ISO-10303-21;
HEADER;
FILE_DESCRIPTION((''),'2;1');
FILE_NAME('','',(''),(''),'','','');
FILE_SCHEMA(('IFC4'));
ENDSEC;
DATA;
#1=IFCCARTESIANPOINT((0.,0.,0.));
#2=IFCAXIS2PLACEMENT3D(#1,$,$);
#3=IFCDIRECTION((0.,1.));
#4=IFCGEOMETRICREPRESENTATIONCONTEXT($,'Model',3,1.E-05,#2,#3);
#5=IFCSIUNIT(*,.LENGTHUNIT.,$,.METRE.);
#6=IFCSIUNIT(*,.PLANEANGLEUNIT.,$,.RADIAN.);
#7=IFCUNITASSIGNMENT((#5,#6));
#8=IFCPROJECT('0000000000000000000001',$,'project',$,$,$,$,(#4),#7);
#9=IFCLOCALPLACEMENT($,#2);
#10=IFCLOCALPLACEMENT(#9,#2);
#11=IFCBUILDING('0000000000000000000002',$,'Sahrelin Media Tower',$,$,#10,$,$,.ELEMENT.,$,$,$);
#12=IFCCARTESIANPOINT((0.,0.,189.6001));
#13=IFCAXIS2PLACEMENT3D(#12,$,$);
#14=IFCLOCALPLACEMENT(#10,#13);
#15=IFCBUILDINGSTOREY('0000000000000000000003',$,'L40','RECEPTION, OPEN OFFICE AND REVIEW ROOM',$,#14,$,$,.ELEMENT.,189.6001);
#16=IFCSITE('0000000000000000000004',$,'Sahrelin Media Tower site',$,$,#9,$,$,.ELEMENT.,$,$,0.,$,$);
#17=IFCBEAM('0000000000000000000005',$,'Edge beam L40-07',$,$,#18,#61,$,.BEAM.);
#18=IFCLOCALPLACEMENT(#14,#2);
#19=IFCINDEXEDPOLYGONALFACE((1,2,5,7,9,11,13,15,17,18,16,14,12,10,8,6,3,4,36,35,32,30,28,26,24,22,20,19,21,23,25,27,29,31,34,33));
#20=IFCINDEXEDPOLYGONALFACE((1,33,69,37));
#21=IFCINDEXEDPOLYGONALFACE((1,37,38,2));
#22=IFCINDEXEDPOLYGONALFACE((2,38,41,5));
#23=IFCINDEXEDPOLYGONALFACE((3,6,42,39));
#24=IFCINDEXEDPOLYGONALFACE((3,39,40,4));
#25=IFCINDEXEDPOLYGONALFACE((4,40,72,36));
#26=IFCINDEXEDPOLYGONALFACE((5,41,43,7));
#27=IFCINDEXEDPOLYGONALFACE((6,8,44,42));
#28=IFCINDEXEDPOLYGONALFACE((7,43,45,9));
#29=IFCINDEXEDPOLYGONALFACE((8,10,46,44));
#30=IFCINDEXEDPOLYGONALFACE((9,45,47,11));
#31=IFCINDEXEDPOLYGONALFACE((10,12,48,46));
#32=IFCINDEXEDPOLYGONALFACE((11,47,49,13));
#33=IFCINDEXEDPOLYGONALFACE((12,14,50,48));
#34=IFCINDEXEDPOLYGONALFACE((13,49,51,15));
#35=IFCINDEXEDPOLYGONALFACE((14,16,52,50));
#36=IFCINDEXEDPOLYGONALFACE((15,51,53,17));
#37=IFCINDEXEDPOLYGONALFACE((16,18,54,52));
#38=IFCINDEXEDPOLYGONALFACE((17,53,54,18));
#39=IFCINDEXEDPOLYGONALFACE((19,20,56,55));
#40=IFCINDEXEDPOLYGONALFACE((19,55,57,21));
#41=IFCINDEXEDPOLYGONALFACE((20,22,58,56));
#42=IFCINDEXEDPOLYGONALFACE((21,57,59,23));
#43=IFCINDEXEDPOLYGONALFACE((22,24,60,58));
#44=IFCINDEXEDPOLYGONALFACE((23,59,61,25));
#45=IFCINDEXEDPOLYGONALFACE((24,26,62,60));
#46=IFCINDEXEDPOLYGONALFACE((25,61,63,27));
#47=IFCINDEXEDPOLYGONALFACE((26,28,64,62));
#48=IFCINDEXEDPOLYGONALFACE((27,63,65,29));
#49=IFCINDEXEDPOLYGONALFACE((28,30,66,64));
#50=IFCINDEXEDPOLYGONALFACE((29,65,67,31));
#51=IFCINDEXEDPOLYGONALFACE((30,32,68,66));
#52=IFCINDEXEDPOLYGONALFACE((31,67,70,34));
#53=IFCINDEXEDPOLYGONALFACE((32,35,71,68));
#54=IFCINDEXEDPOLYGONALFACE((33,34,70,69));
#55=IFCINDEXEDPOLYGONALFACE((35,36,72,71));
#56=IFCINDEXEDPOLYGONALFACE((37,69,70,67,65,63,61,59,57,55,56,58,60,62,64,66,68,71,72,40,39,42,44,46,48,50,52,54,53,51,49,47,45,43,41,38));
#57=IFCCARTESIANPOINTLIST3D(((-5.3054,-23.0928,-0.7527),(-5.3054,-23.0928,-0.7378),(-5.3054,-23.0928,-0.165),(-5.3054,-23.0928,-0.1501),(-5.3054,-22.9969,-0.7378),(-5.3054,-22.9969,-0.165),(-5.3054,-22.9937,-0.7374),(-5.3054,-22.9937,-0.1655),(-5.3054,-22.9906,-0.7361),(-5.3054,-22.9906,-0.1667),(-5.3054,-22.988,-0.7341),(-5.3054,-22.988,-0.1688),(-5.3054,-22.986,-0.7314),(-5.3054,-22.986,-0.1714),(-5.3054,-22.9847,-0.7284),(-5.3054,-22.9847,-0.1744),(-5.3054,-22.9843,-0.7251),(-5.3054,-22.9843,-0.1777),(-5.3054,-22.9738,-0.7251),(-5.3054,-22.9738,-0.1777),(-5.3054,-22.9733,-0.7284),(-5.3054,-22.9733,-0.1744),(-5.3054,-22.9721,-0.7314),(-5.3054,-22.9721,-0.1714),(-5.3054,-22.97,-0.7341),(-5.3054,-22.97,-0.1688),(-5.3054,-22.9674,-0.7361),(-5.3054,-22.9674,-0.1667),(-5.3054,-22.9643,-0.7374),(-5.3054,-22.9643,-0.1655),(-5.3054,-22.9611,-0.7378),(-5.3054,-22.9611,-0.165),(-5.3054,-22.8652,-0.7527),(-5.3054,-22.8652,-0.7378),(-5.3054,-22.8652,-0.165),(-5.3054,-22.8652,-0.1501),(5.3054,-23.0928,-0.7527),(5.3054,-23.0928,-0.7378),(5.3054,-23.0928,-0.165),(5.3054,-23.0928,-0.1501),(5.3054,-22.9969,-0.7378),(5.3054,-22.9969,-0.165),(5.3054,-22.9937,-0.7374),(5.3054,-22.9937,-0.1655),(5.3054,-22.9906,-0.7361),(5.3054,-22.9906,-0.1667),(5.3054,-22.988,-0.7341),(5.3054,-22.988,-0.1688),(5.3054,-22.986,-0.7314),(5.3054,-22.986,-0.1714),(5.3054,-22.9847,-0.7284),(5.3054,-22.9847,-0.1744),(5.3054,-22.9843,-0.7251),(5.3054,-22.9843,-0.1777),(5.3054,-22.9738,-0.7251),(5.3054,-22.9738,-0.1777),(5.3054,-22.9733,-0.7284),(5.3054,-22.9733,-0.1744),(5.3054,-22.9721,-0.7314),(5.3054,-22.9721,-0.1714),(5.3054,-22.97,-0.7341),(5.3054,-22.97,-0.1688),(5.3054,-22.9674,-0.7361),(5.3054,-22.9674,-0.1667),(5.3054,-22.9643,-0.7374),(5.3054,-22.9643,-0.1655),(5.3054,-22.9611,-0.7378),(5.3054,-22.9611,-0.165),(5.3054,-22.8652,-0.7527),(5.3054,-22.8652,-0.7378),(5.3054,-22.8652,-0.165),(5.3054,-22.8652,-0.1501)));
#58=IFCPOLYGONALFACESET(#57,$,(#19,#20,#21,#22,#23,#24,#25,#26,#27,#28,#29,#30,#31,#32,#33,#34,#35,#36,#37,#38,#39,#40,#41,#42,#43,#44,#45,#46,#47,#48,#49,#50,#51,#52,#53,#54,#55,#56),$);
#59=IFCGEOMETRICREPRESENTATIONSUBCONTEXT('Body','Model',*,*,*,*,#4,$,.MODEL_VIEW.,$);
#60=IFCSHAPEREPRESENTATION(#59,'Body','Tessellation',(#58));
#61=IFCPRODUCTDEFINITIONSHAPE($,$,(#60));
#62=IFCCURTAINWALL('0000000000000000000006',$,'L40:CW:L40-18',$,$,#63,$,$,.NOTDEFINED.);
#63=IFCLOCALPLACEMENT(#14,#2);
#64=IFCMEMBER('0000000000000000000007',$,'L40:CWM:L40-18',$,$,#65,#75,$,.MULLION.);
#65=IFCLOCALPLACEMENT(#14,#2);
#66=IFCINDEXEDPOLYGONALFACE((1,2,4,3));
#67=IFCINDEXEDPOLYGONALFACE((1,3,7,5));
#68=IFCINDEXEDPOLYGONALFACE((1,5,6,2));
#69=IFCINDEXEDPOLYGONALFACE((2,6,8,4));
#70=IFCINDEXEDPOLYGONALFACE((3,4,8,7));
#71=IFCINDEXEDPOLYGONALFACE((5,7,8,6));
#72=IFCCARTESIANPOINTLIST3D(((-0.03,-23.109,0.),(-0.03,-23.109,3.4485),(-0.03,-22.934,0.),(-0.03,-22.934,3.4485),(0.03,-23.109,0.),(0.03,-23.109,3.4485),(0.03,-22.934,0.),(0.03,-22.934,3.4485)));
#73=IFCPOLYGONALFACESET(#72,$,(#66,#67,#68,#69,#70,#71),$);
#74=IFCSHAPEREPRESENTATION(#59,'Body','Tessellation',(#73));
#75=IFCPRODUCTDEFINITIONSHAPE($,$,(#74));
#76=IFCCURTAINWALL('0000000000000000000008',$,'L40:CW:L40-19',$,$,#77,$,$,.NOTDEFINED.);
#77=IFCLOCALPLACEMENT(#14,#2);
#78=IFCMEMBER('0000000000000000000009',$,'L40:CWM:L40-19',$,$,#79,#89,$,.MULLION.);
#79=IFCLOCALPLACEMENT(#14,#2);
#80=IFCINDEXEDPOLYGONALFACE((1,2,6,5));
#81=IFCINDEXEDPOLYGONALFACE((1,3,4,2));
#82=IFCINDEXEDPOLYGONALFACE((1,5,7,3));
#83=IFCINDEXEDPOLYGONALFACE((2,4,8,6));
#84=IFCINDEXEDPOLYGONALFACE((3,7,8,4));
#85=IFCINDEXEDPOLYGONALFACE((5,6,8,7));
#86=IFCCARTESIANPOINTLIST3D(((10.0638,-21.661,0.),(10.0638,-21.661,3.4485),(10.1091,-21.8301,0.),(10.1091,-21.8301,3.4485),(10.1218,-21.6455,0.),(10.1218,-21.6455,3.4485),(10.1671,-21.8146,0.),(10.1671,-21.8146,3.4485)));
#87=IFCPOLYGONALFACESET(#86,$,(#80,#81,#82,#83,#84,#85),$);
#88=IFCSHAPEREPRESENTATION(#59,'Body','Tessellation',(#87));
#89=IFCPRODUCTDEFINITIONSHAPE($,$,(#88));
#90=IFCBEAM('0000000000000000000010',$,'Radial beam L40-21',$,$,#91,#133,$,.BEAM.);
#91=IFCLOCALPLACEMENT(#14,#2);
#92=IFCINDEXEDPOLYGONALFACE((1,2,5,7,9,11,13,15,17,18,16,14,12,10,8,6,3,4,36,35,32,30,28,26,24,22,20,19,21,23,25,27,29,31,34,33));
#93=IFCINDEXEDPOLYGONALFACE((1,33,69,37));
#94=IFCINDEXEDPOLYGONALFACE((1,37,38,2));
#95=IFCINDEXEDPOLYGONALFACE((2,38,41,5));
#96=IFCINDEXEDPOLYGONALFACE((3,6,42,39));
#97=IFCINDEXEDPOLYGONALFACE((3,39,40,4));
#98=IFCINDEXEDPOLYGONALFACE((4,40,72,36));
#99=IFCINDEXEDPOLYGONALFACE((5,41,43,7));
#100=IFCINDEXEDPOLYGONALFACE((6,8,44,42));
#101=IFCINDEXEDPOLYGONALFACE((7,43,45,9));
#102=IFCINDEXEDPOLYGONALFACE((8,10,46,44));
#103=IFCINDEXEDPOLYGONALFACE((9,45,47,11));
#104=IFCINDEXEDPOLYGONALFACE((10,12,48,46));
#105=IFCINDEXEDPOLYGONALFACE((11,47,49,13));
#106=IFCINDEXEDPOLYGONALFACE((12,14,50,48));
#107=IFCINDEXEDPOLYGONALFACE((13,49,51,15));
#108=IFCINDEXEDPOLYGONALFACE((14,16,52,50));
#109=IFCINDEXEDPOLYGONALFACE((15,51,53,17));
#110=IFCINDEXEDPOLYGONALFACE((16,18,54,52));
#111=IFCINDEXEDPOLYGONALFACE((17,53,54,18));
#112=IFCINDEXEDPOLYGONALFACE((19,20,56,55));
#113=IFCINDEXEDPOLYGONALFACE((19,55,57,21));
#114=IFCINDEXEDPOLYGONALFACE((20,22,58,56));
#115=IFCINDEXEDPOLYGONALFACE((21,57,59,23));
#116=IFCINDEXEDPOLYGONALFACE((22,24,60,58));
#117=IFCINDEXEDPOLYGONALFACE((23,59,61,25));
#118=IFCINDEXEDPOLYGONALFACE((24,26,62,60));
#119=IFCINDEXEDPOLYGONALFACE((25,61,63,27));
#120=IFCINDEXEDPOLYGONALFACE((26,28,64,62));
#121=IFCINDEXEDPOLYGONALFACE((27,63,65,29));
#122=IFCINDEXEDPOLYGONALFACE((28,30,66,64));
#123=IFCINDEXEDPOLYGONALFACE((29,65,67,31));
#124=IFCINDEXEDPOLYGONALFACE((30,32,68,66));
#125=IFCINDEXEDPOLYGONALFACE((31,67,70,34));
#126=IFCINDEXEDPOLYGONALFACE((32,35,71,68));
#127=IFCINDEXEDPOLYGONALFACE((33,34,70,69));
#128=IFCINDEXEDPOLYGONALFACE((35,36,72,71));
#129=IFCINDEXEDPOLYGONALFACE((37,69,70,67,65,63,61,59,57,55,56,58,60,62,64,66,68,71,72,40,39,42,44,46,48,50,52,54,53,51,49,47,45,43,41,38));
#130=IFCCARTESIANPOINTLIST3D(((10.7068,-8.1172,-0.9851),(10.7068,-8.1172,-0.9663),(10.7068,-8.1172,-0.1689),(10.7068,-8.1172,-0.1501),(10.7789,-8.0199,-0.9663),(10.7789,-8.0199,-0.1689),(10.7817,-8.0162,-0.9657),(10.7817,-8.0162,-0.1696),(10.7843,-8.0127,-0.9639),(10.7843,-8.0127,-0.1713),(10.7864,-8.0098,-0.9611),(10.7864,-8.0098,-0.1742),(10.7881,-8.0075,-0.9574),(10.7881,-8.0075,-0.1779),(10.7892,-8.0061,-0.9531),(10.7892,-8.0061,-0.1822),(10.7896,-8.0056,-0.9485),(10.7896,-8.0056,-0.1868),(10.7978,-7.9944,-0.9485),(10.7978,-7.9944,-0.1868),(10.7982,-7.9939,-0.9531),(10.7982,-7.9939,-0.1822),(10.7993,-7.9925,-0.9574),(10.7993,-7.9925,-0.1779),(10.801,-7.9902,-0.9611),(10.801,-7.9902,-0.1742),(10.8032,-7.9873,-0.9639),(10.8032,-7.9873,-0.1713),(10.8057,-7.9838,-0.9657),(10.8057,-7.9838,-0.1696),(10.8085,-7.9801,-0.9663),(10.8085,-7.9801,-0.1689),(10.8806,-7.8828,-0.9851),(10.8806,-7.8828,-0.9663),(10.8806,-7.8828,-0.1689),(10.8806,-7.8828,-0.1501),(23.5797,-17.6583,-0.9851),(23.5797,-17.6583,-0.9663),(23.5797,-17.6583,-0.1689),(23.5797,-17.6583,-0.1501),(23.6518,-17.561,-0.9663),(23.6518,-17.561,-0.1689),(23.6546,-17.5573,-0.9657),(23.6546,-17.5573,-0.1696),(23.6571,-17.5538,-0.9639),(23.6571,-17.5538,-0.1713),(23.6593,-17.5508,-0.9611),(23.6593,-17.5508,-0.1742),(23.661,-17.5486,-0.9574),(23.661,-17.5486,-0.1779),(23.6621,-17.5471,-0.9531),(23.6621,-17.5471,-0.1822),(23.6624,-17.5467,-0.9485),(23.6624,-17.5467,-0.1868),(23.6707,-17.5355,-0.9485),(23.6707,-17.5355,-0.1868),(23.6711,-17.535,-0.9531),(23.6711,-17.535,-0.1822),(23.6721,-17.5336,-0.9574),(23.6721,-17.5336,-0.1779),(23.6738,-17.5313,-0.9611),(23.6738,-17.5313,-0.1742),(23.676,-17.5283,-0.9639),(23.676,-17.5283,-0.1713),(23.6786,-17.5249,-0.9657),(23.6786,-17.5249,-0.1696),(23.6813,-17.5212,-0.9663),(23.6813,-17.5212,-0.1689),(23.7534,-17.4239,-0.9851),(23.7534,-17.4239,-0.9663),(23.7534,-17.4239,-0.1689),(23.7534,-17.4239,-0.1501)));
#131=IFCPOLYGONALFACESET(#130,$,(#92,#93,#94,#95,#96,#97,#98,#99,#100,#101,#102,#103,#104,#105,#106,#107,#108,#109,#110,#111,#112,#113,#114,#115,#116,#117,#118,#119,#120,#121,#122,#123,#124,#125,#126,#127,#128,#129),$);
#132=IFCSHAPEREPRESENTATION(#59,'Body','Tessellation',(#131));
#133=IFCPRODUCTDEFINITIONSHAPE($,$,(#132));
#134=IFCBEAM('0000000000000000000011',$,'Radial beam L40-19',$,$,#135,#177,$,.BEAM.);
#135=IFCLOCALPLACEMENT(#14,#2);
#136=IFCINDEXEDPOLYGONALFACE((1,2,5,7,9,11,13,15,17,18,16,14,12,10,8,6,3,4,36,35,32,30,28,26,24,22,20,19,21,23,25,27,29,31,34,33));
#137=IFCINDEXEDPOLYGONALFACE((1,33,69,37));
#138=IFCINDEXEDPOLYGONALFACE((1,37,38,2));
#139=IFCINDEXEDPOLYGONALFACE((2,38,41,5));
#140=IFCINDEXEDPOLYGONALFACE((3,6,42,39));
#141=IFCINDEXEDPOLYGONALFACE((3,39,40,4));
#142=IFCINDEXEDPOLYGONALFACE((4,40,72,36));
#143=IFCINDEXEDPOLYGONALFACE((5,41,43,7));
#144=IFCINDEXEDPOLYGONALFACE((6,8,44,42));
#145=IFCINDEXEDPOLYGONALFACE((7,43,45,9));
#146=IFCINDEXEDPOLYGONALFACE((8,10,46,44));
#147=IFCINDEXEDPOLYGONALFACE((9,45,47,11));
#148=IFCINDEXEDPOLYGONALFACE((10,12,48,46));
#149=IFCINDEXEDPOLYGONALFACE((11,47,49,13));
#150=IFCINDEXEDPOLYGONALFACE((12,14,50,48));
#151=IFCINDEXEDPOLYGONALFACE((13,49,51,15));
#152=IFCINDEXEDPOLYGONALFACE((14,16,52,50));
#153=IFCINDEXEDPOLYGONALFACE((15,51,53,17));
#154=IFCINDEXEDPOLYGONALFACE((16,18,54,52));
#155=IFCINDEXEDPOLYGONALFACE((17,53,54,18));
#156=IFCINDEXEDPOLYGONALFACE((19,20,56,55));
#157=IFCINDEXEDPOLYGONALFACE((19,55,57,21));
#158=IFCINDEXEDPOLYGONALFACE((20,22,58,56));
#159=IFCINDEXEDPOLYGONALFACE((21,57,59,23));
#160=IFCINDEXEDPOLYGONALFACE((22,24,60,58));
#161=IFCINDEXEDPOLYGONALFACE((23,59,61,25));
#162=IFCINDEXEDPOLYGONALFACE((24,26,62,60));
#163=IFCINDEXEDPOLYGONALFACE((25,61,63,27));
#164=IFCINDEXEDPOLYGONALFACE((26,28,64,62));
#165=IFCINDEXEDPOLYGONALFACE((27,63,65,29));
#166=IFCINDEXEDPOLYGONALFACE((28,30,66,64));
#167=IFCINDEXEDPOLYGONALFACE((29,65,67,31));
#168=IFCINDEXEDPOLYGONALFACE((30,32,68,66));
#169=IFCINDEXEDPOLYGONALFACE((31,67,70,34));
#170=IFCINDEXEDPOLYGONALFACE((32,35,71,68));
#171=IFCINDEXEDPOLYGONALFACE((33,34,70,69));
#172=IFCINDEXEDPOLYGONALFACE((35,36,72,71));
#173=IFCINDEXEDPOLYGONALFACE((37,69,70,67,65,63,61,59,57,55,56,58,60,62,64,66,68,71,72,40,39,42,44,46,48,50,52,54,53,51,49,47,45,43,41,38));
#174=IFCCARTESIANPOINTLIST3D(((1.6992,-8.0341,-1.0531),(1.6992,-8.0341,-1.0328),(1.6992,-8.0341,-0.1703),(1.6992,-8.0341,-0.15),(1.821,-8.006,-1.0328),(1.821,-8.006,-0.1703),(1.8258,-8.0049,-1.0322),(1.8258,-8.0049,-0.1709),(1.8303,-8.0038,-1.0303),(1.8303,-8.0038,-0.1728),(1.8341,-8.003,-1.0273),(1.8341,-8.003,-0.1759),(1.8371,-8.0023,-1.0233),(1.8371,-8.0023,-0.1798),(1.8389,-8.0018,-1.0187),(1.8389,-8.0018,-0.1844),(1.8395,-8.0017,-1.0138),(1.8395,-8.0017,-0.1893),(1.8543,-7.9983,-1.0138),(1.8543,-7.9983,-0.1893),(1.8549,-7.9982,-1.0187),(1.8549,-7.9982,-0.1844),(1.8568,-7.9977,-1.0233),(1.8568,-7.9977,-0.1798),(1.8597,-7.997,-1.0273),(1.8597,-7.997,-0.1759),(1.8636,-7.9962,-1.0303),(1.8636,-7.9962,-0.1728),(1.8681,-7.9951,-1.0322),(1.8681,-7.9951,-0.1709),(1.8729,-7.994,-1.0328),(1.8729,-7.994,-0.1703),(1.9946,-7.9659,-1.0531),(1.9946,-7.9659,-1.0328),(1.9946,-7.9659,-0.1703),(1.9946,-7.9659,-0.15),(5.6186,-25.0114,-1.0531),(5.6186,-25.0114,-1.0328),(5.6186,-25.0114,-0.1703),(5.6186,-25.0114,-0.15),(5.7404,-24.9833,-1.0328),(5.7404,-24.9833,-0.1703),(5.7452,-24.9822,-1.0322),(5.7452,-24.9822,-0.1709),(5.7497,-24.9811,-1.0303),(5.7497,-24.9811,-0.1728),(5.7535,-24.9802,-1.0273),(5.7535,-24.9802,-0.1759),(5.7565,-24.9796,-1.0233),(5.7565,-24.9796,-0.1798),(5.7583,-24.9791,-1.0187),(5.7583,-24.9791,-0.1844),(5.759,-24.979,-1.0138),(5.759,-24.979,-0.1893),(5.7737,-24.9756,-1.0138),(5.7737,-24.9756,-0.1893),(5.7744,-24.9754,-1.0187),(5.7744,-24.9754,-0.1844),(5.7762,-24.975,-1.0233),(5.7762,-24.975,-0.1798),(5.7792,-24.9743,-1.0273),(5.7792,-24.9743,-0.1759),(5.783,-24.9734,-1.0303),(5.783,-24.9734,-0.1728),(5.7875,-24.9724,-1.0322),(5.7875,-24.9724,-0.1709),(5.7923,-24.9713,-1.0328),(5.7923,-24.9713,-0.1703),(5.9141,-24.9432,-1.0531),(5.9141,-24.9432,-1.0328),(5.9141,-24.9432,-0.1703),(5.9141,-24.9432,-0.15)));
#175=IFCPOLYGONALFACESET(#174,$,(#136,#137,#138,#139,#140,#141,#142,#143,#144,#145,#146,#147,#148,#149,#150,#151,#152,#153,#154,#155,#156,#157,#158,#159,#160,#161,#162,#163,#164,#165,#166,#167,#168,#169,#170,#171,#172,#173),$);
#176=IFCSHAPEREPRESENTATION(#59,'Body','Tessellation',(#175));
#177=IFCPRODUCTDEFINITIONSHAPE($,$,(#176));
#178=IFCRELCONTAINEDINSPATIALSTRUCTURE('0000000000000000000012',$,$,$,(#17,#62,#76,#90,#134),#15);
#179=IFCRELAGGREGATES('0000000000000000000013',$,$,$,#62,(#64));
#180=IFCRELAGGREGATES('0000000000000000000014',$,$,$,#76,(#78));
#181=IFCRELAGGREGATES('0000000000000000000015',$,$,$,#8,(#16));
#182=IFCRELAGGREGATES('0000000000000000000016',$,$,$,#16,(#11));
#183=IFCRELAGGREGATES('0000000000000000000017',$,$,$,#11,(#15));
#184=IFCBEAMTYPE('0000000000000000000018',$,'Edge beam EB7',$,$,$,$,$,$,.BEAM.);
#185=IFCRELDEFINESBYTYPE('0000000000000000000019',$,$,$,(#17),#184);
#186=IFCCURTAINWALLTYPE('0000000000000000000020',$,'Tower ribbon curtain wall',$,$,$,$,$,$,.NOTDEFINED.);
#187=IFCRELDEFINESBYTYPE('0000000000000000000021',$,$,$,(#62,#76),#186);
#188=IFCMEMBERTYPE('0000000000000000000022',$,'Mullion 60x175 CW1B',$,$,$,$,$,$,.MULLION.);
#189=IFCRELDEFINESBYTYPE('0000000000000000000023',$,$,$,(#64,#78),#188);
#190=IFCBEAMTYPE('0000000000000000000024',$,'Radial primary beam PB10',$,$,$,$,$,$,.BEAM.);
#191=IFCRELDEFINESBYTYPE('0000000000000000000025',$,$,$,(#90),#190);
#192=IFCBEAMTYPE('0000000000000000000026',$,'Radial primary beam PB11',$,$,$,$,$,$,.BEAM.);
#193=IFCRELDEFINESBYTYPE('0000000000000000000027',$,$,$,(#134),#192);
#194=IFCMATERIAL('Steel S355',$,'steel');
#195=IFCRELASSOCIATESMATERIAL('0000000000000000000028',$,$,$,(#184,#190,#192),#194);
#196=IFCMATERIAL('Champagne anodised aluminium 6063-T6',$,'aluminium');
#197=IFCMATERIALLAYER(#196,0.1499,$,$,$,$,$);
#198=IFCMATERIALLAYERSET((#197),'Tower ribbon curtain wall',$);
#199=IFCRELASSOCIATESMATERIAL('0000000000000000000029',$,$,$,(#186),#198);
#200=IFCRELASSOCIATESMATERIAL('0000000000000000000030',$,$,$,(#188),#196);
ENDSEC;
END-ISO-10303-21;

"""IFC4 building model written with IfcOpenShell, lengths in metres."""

from ifc_helpers import new_model, si_unit, direction, frame, origin, origin_2d, place, context, subcontext, project, spatial, rectangle, i_section, extrude, material, layer, layer_set, material_profile, profile_set, type_object, element, aggregate, save


model = new_model("IFC4")

# Units and contexts
model_context = context("Model", 3, precision=1e-05, world=origin(), true_north=direction((0.0, 1.0)))
body_context = subcontext(model_context, "Body", "Model", "MODEL_VIEW")
ifc_project = project(units=[si_unit("LENGTHUNIT", "METRE"), si_unit("PLANEANGLEUNIT", "RADIAN")], contexts=[model_context])

# Site, building, storey
site_placement = place(None, origin())
site = spatial("IfcSite", under=ifc_project, at=site_placement, Name="Sahrelin Media Tower site", CompositionType="ELEMENT", RefElevation=0.0)
building_placement = place(site_placement, origin())
building = spatial("IfcBuilding", under=site, at=building_placement, Name="Sahrelin Media Tower", CompositionType="ELEMENT")
storey_placement = place(building_placement, frame((0.0, 0.0, 189.6001)))
storey = spatial("IfcBuildingStorey", under=building, at=storey_placement, Name="L40", Description="RECEPTION, OPEN OFFICE AND REVIEW ROOM", CompositionType="ELEMENT", Elevation=189.6001)

# Beam
ifc_material_1 = material(Name="Steel S355", Category="steel")
ifc_material_profile_1 = material_profile(ifc_material_1, i_section(OverallWidth=0.2275, OverallDepth=0.6025, WebThickness=0.0105, FlangeThickness=0.0149, FilletRadius=0.0127, at=origin_2d()), Name="UB 610x229x101")
ifc_profile_set_1 = profile_set([ifc_material_profile_1], Name="Steel S355")
beam_type_1 = type_object("IfcBeamType", Name="Edge beam EB7", PredefinedType="BEAM", material=ifc_profile_set_1)
beam_1_placement = place(storey_placement, frame((5.3054, -22.979, -0.4514), z_axis=(-1.0, 0.0, 0.0), x_axis=(0.0, -1.0, 0.0)))
element("IfcBeam", 1, at=beam_1_placement, inside=storey, type_object=beam_type_1, Name="Edge beam L40-07", PredefinedType="BEAM", context=body_context, shape_type="SweptSolid", body=[
    extrude(i_section(OverallWidth=0.2275, OverallDepth=0.6025, WebThickness=0.0105, FlangeThickness=0.0149, FilletRadius=0.0127, at=origin_2d()), origin(), (0.0, 0.0, 1.0), 10.6108),
])

# Curtain walls, members
ifc_material_2 = material(Name="Champagne anodised aluminium 6063-T6", Category="aluminium")
ifc_layer_1 = layer(ifc_material_2, 0.1499)
ifc_layer_set_1 = layer_set([ifc_layer_1], Name="Tower ribbon curtain wall")
curtain_wall_type = type_object("IfcCurtainWallType", Name="Tower ribbon curtain wall", PredefinedType="NOTDEFINED", material=ifc_layer_set_1)
curtain_wall_1_placement = place(storey_placement, frame((0.0, -23.1289, 0.0), z_axis=(0.0, 0.0, 1.0), x_axis=(1.0, 0.0, 0.0)))
curtain_wall_1 = element("IfcCurtainWall", 2, at=curtain_wall_1_placement, inside=storey, type_object=curtain_wall_type, Name="L40:CW:L40-18", PredefinedType="NOTDEFINED")
ifc_material_profile_2 = material_profile(ifc_material_2, rectangle(XDim=0.0601, YDim=0.175, at=origin_2d()), Name="Mullion 60x175")
ifc_profile_set_2 = profile_set([ifc_material_profile_2], Name="Champagne anodised aluminium 6063-T6")
member_type_1 = type_object("IfcMemberType", Name="Mullion 60x175 CW1B", PredefinedType="MULLION", material=ifc_profile_set_2)
member_1_placement = place(storey_placement, frame((0.0, -23.0215, 0.0), z_axis=(0.0, 0.0, 1.0), x_axis=(1.0, 0.0, 0.0)))
member_1 = element("IfcMember", 3, at=member_1_placement, type_object=member_type_1, Name="L40:CWM:L40-18", PredefinedType="MULLION", context=body_context, shape_type="SweptSolid", body=[
    extrude(rectangle(XDim=0.0601, YDim=0.175, at=origin_2d()), origin(), (0.0, 0.0, 1.0), 3.4485),
])
aggregate(curtain_wall_1, [member_1])
curtain_wall_2_placement = place(storey_placement, frame((10.1433, -21.8418, 0.0), z_axis=(0.0, 0.0, 1.0), x_axis=(1.0, 0.0, 0.0)))
curtain_wall_2 = element("IfcCurtainWall", 4, at=curtain_wall_2_placement, inside=storey, type_object=curtain_wall_type, Name="L40:CW:L40-19", PredefinedType="NOTDEFINED")
member_2_placement = place(storey_placement, frame((10.1155, -21.7378, 0.0), z_axis=(0.0, 0.0, 1.0), x_axis=(0.965925, 0.258822, 0.0)))
member_2 = element("IfcMember", 5, at=member_2_placement, type_object=member_type_1, Name="L40:CWM:L40-19", PredefinedType="MULLION", context=body_context, shape_type="SweptSolid", body=[
    extrude(rectangle(XDim=0.0601, YDim=0.175, at=origin_2d()), origin(), (0.0, 0.0, 1.0), 3.4485),
])

# Beams
ifc_material_profile_3 = material_profile(ifc_material_1, i_section(OverallWidth=0.2917, OverallDepth=0.835, WebThickness=0.0139, FlangeThickness=0.0188, FilletRadius=0.0178, at=origin_2d()), Name="UB 838x292x176")
ifc_profile_set_3 = profile_set([ifc_material_profile_3], Name="Steel S355")
beam_type_2 = type_object("IfcBeamType", Name="Radial primary beam PB10", PredefinedType="BEAM", material=ifc_profile_set_3)
beam_2_placement = place(storey_placement, frame((10.7937, -8.0, -0.5676), z_axis=(0.80339, -0.595453, 0.0), x_axis=(0.595453, 0.80339, 0.0)))
element("IfcBeam", 6, at=beam_2_placement, inside=storey, type_object=beam_type_2, Name="Radial beam L40-21", PredefinedType="BEAM", context=body_context, shape_type="SweptSolid", body=[
    extrude(i_section(OverallWidth=0.2917, OverallDepth=0.835, WebThickness=0.0139, FlangeThickness=0.0188, FilletRadius=0.0178, at=origin_2d()), origin(), (0.0, 0.0, 1.0), 16.0232),
])
ifc_material_profile_4 = material_profile(ifc_material_1, i_section(OverallWidth=0.3032, OverallDepth=0.9031, WebThickness=0.0151, FlangeThickness=0.0203, FilletRadius=0.019, at=origin_2d()), Name="UB 914x305x201")
ifc_profile_set_4 = profile_set([ifc_material_profile_4], Name="Steel S355")
beam_type_3 = type_object("IfcBeamType", Name="Radial primary beam PB11", PredefinedType="BEAM", material=ifc_profile_set_4)
beam_3_placement = place(storey_placement, frame((1.8469, -8.0, -0.6016), z_axis=(0.224946, -0.974371, 0.0), x_axis=(0.974371, 0.224946, 0.0)))
element("IfcBeam", 7, at=beam_3_placement, inside=storey, type_object=beam_type_3, Name="Radial beam L40-19", PredefinedType="BEAM", context=body_context, shape_type="SweptSolid", body=[
    extrude(i_section(OverallWidth=0.3032, OverallDepth=0.9031, WebThickness=0.0151, FlangeThickness=0.0203, FilletRadius=0.019, at=origin_2d()), origin(), (0.0, 0.0, 1.0), 17.4238),
])

aggregate(curtain_wall_2, [member_2])

save(model, "model.ifc")
